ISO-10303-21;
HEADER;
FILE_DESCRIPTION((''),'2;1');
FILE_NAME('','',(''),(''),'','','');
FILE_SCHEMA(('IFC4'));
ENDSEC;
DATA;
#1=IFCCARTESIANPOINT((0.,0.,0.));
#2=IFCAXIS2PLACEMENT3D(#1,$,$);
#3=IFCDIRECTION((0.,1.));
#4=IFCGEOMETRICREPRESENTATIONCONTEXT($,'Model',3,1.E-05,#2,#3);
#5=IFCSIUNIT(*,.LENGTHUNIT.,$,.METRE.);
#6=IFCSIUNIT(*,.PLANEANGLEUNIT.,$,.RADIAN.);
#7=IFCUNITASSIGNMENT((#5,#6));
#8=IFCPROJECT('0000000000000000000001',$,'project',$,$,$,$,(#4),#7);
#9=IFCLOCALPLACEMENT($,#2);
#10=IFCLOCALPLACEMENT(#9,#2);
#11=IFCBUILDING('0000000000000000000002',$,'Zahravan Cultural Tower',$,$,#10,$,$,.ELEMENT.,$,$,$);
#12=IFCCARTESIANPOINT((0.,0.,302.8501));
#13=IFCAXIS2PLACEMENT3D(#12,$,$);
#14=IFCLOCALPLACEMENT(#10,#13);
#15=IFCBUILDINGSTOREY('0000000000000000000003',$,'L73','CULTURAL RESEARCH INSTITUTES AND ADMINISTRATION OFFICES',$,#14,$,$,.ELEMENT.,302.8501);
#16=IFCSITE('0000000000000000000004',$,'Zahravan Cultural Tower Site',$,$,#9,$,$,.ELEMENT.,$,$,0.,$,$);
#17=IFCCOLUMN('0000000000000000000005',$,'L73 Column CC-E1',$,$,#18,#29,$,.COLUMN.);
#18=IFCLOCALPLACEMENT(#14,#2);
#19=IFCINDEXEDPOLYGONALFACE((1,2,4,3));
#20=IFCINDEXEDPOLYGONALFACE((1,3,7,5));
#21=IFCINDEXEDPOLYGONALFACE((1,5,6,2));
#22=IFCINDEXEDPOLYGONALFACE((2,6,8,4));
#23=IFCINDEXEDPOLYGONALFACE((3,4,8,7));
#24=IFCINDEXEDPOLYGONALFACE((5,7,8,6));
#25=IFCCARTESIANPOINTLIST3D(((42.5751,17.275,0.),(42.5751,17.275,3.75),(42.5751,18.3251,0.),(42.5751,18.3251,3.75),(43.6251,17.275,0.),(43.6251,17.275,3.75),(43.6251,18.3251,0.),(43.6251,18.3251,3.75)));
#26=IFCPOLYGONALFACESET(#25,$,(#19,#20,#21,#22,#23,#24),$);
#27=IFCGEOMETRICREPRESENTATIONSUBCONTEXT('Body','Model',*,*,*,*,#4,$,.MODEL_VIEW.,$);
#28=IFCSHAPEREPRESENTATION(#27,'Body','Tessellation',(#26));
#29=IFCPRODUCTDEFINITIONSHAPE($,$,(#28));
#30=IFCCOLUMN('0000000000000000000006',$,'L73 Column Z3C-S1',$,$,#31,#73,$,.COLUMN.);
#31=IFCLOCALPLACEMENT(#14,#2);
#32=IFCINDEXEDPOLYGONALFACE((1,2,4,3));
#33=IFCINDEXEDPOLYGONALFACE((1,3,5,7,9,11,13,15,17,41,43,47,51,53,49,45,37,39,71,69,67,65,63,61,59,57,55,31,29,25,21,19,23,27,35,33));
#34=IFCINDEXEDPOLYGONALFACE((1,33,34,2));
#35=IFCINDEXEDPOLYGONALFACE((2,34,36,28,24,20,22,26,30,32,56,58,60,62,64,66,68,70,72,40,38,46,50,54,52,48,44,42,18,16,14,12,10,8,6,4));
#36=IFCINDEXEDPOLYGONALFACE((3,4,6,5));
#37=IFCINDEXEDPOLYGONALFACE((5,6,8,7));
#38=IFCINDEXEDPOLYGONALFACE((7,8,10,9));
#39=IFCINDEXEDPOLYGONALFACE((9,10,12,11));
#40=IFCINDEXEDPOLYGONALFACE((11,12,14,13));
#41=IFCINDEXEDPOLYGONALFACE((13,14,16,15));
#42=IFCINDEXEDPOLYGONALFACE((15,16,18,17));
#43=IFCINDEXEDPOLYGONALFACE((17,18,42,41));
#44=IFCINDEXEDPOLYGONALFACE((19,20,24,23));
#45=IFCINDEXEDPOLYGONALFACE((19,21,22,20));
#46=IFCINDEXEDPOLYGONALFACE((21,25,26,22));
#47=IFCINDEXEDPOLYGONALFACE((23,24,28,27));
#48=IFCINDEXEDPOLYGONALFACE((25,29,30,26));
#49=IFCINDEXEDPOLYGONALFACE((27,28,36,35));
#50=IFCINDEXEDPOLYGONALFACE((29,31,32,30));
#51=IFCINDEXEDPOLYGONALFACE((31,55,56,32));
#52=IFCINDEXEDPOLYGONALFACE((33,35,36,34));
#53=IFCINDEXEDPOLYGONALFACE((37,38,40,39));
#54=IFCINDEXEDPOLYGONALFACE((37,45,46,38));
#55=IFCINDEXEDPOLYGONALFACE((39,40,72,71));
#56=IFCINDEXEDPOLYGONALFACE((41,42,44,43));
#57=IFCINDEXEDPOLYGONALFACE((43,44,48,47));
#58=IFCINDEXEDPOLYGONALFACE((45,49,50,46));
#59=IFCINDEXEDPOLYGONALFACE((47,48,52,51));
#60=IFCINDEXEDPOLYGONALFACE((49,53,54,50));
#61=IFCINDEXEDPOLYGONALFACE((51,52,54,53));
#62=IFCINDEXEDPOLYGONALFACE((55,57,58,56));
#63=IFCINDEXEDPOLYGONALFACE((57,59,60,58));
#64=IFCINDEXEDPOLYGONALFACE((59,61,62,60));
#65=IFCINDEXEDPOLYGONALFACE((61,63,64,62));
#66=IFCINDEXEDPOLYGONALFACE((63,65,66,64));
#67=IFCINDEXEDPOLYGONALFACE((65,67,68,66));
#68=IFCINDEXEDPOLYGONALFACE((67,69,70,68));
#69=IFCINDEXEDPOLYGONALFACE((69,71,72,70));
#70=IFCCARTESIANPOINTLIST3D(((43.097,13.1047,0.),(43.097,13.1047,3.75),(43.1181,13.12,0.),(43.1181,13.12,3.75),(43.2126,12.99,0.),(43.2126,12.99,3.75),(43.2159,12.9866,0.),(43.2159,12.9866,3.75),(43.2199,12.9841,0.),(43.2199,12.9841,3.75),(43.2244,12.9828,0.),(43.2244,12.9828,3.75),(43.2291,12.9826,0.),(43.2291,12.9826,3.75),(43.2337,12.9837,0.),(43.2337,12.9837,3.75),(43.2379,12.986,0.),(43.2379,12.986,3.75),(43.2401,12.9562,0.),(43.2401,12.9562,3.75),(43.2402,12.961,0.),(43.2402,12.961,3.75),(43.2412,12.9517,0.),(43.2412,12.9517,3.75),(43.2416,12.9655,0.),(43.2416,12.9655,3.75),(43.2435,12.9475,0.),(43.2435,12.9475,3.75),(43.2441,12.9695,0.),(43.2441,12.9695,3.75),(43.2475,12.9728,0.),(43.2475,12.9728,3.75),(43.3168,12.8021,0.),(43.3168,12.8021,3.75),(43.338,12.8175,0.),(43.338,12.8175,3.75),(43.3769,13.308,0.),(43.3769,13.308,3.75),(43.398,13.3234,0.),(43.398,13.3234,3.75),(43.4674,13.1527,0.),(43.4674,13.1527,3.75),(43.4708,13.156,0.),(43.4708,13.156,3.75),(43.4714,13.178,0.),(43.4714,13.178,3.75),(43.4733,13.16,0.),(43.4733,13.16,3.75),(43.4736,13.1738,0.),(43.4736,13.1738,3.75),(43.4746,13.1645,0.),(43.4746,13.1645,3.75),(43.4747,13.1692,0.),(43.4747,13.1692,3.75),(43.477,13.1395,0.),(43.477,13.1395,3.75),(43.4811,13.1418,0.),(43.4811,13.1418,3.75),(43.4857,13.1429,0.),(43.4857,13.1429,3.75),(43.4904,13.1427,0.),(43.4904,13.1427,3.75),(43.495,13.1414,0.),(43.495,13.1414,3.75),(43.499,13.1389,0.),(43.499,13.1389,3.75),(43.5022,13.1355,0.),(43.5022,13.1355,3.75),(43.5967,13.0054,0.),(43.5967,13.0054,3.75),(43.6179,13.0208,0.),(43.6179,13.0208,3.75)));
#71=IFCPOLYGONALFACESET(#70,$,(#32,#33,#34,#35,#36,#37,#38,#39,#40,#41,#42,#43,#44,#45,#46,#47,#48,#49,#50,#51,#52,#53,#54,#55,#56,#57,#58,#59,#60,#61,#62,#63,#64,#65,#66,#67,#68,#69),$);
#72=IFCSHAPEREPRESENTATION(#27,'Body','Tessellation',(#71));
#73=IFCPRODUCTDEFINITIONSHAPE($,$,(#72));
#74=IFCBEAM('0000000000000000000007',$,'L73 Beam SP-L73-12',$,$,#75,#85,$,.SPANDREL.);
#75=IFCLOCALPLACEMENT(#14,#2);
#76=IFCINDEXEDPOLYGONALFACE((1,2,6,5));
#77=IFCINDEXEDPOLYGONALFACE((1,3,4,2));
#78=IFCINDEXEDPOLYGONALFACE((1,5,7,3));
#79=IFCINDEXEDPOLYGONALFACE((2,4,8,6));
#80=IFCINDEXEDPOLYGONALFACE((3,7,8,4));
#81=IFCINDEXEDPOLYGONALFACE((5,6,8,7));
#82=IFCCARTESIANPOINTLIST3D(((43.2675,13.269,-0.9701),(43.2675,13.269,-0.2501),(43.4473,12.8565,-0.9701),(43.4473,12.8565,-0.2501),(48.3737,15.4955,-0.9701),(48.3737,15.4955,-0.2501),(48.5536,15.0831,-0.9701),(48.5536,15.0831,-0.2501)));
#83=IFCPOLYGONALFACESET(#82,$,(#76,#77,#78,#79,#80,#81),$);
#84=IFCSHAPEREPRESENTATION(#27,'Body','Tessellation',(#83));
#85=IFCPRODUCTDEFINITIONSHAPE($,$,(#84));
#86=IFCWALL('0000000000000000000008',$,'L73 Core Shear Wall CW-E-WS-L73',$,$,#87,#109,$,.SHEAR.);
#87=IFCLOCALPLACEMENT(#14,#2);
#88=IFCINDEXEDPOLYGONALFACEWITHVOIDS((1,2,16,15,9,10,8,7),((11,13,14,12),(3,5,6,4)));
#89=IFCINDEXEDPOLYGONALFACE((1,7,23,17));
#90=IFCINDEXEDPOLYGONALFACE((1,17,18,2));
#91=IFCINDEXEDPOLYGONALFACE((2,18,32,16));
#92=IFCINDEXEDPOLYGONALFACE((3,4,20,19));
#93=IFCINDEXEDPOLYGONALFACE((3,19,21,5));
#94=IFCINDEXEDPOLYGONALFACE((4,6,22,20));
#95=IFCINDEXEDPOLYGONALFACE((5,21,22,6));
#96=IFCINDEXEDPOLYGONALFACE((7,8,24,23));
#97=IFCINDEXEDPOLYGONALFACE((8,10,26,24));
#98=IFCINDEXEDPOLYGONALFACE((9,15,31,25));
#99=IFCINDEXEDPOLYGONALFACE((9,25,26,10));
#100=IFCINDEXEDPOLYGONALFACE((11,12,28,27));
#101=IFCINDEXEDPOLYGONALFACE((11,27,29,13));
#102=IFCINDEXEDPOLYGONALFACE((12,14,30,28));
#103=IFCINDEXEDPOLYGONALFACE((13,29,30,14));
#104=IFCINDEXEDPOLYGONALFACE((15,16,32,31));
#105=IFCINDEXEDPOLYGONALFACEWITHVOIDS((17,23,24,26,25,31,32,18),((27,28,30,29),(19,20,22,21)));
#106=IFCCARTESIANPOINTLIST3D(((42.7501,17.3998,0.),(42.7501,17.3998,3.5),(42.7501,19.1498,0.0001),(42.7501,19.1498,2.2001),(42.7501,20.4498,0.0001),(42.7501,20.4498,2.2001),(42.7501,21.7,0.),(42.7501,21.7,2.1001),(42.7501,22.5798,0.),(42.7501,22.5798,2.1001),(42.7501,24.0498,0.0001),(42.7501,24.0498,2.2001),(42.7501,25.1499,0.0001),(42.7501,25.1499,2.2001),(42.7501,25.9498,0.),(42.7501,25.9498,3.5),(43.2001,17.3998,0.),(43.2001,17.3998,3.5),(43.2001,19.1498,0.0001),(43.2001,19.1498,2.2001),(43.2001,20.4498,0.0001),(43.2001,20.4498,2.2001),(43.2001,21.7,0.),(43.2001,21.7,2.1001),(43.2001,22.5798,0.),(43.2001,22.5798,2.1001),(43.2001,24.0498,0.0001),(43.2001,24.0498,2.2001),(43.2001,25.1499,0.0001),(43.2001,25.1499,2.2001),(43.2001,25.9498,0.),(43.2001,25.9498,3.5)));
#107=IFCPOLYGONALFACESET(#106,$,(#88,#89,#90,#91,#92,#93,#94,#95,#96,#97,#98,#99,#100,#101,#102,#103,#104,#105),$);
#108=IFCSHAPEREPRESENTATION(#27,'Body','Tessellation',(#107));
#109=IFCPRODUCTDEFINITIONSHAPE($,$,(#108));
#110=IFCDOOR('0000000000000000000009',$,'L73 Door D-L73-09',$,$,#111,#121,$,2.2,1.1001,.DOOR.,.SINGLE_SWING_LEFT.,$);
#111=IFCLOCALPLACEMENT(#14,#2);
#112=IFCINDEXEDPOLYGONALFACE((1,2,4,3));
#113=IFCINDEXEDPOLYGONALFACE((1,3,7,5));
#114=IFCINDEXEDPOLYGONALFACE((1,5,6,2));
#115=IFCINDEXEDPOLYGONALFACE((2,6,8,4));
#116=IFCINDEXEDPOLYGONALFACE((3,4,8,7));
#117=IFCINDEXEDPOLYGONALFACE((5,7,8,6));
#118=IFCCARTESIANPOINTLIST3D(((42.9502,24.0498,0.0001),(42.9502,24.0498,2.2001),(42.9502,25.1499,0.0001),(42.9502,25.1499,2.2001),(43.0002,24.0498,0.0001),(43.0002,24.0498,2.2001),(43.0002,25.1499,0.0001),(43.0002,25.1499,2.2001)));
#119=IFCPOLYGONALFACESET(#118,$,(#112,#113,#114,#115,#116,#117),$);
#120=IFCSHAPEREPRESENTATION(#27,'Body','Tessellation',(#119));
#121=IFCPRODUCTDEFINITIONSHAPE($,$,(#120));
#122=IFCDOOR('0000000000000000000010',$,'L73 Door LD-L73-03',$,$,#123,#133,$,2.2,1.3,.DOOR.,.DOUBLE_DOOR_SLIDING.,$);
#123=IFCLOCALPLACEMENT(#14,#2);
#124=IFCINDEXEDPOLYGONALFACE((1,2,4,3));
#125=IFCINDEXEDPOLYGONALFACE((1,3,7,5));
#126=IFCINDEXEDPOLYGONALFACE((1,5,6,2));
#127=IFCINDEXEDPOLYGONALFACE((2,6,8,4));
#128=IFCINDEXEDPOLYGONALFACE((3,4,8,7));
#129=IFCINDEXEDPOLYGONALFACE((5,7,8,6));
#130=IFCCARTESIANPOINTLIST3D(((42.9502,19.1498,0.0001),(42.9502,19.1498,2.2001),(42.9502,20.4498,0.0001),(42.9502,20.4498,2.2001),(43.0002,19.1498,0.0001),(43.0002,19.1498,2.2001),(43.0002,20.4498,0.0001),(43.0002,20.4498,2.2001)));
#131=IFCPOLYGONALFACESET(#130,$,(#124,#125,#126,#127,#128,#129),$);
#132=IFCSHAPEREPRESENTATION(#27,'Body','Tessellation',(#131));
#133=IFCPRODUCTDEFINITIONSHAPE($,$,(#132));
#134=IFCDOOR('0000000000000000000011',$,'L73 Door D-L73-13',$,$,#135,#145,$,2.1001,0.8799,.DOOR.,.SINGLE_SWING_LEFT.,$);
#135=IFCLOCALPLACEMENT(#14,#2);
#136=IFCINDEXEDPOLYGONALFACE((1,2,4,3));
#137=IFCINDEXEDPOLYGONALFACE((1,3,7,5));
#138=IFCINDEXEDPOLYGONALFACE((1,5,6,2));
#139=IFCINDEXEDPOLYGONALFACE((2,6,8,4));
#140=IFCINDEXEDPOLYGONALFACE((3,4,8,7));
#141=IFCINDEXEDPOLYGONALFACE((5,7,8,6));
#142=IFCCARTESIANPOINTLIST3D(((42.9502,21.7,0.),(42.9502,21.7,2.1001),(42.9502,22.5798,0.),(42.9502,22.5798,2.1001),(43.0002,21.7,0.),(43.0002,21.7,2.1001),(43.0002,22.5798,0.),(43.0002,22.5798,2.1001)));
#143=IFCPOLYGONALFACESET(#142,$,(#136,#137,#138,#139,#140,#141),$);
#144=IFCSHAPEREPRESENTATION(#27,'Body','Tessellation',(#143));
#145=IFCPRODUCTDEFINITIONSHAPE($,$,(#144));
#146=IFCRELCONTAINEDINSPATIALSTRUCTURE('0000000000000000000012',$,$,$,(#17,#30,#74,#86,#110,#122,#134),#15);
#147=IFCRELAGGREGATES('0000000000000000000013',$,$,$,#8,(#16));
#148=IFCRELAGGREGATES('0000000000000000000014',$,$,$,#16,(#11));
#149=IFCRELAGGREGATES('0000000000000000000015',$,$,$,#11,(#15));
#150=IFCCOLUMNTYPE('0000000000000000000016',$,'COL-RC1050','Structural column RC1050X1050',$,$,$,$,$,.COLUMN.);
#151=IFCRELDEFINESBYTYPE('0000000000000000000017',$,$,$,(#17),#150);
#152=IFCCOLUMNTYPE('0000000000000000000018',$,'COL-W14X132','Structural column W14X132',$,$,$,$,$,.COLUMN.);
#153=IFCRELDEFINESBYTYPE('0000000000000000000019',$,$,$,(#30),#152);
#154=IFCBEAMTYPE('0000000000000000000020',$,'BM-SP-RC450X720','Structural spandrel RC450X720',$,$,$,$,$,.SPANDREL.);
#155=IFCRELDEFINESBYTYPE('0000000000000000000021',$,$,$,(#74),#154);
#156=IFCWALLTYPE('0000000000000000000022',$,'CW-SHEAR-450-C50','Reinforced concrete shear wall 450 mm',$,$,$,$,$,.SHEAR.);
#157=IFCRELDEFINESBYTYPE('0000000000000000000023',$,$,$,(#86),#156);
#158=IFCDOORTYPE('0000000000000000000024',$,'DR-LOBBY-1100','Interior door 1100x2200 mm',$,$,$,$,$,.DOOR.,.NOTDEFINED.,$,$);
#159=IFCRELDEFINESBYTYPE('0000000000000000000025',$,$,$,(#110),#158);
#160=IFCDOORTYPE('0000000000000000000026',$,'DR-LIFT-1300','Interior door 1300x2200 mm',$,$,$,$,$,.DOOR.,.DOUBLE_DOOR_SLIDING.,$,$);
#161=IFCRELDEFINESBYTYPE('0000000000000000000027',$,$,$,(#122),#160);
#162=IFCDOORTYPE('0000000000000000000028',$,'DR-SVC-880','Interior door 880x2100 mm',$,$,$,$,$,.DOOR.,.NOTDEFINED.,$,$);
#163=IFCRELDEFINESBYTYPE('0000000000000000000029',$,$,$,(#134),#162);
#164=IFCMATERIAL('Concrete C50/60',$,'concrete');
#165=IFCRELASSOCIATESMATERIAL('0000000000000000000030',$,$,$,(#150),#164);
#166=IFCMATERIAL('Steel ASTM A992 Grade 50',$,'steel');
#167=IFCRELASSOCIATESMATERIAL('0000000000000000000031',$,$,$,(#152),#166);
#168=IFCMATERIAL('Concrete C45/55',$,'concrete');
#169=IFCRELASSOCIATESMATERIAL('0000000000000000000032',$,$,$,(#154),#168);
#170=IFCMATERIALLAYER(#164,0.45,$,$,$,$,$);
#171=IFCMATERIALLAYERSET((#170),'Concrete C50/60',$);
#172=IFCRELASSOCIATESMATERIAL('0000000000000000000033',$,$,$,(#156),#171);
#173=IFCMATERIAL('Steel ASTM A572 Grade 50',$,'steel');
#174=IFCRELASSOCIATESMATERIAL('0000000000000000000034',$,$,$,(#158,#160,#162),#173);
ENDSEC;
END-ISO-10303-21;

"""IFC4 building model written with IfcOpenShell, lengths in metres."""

from ifc_helpers import new_model, si_unit, direction, frame, frame_2d, origin, origin_2d, place, context, subcontext, project, spatial, rectangle, i_section, extrude, source, transform, mapped, material, layer, layer_set, material_profile, profile_set, type_object, element, fill, save


model = new_model("IFC4")

# Units and contexts
model_context = context("Model", 3, precision=1e-05, world=origin(), true_north=direction((0.0, 1.0)))
body_context = subcontext(model_context, "Body", "Model", "MODEL_VIEW")
ifc_project = project(units=[si_unit("LENGTHUNIT", "METRE"), si_unit("PLANEANGLEUNIT", "RADIAN")], contexts=[model_context])

# Site, building, storey
site_placement = place(None, origin())
site = spatial("IfcSite", under=ifc_project, at=site_placement, Name="Zahravan Cultural Tower Site", CompositionType="ELEMENT", RefElevation=0.0)
building_placement = place(site_placement, origin())
building = spatial("IfcBuilding", under=site, at=building_placement, Name="Zahravan Cultural Tower", CompositionType="ELEMENT")
storey_placement = place(building_placement, frame((0.0, 0.0, 302.8501)))
storey = spatial("IfcBuildingStorey", under=building, at=storey_placement, Name="L73", Description="CULTURAL RESEARCH INSTITUTES AND ADMINISTRATION OFFICES", CompositionType="ELEMENT", Elevation=302.8501)

# Columns
ifc_material_1 = material(Name="Concrete C50/60", Category="concrete")
ifc_material_profile_1 = material_profile(ifc_material_1, rectangle(XDim=1.05, YDim=1.05, at=origin_2d()), Name="RC1050X1050")
ifc_profile_set_1 = profile_set([ifc_material_profile_1], Name="Concrete C50/60")
column_type_1 = type_object("IfcColumnType", Name="COL-RC1050", Description="Structural column RC1050X1050", PredefinedType="COLUMN", material=ifc_profile_set_1)
shared_shape_1 = source(origin(), body_context, "Body", "SweptSolid", [
    extrude(rectangle(XDim=1.05, YDim=1.05, at=origin_2d()), origin(), (0.0, 0.0, 1.0), 3.75),
])
column_1_placement = place(storey_placement, frame((43.1001, 17.8, 0.0), z_axis=(0.0, 0.0, 1.0), x_axis=(1.0, 0.0, 0.0)))
element("IfcColumn", 1, at=column_1_placement, inside=storey, type_object=column_type_1, Name="L73 Column CC-E1", PredefinedType="COLUMN", context=body_context, shape_type="MappedRepresentation", body=[
    mapped(shared_shape_1, transform((0.0, 0.0, 0.0), x_axis=(1.0, 0.0, 0.0), y_axis=(0.0, 1.0, 0.0), z_axis=(0.0, 0.0, 1.0), scale=1.0)),
])
ifc_material_2 = material(Name="Steel ASTM A992 Grade 50", Category="steel")
ifc_material_profile_2 = material_profile(ifc_material_2, i_section(OverallWidth=0.374, OverallDepth=0.3721, WebThickness=0.0164, FlangeThickness=0.0261, FilletRadius=0.0181, at=origin_2d()), Name="W14X132")
ifc_profile_set_2 = profile_set([ifc_material_profile_2], Name="Steel ASTM A992 Grade 50")
column_type_2 = type_object("IfcColumnType", Name="COL-W14X132", Description="Structural column W14X132", PredefinedType="COLUMN", material=ifc_profile_set_2)
shared_shape_2 = source(origin(), body_context, "Body", "SweptSolid", [
    extrude(i_section(OverallWidth=0.374, OverallDepth=0.3721, WebThickness=0.0164, FlangeThickness=0.0261, FilletRadius=0.0181, at=origin_2d()), origin(), (0.0, 0.0, 1.0), 3.75),
])
column_2_placement = place(storey_placement, frame((43.3574, 13.0627, 0.0), z_axis=(0.0, 0.0, 1.0), x_axis=(-0.587785, 0.809017, 0.0)))
element("IfcColumn", 2, at=column_2_placement, inside=storey, type_object=column_type_2, Name="L73 Column Z3C-S1", PredefinedType="COLUMN", context=body_context, shape_type="MappedRepresentation", body=[
    mapped(shared_shape_2, transform((0.0, 0.0, 0.0), x_axis=(1.0, 0.0, 0.0), y_axis=(0.0, 1.0, 0.0), z_axis=(0.0, 0.0, 1.0), scale=1.0)),
])

# Beam
ifc_material_3 = material(Name="Concrete C45/55", Category="concrete")
ifc_material_profile_3 = material_profile(ifc_material_3, rectangle(XDim=0.45, YDim=0.72, at=origin_2d()), Name="RC450X720")
ifc_profile_set_3 = profile_set([ifc_material_profile_3], Name="Concrete C45/55")
beam_type = type_object("IfcBeamType", Name="BM-SP-RC450X720", Description="Structural spandrel RC450X720", PredefinedType="SPANDREL", material=ifc_profile_set_3)
shared_shape_3 = source(origin(), body_context, "Body", "SweptSolid", [
    extrude(rectangle(XDim=0.45, YDim=0.72, at=origin_2d()), origin(), (0.0, 0.0, 1.0), 5.5706),
])
beam_placement = place(storey_placement, frame((43.3574, 13.0627, -0.6101), z_axis=(0.916645, 0.399703, 0.0), x_axis=(-0.399703, 0.916645, 0.0)))
element("IfcBeam", 3, at=beam_placement, inside=storey, type_object=beam_type, Name="L73 Beam SP-L73-12", PredefinedType="SPANDREL", context=body_context, shape_type="MappedRepresentation", body=[
    mapped(shared_shape_3, transform((0.0, 0.0, 0.0), x_axis=(1.0, 0.0, 0.0), y_axis=(0.0, 1.0, 0.0), z_axis=(0.0, 0.0, 1.0), scale=1.0)),
])

# Wall, openings, doors
ifc_layer_1 = layer(ifc_material_1, 0.45)
ifc_layer_set_1 = layer_set([ifc_layer_1], Name="Concrete C50/60")
wall_type_1 = type_object("IfcWallType", Name="CW-SHEAR-450-C50", Description="Reinforced concrete shear wall 450 mm", PredefinedType="SHEAR", material=ifc_layer_set_1)
wall_1_placement = place(storey_placement, frame((42.9751, 17.3999, 0.0), z_axis=(0.0, 0.0, 1.0), x_axis=(0.0, 1.0, 0.0)))
wall_1 = element("IfcWall", 4, at=wall_1_placement, inside=storey, type_object=wall_type_1, Name="L73 Core Shear Wall CW-E-WS-L73", PredefinedType="SHEAR", context=body_context, shape_type="SweptSolid", body=[
    extrude(rectangle(XDim=8.55, YDim=0.45, at=frame_2d((4.2749, 0.0))), origin(), (0.0, 0.0, 1.0), 3.5),
])
opening_1_placement = place(wall_1_placement, frame((6.6499, 0.0, 0.0)))
opening_1 = element("IfcOpeningElement", 5, at=opening_1_placement, cuts=wall_1, PredefinedType="OPENING", context=body_context, shape_type="SweptSolid", body=[
    extrude(rectangle(XDim=1.1001, YDim=2.2, at=frame_2d((0.55, 1.1001))), frame((0.0, 0.2349, 0.0), z_axis=(0.0, -1.0, 0.0), x_axis=(1.0, 0.0, 0.0)), (0.0, 0.0, 1.0), 0.47),
])
opening_2_placement = place(wall_1_placement, frame((1.75, 0.0, 0.0)))
opening_2 = element("IfcOpeningElement", 6, at=opening_2_placement, cuts=wall_1, PredefinedType="OPENING", context=body_context, shape_type="SweptSolid", body=[
    extrude(rectangle(XDim=1.3, YDim=2.2, at=frame_2d((0.6499, 1.1001))), frame((0.0, 0.2349, 0.0), z_axis=(0.0, -1.0, 0.0), x_axis=(1.0, 0.0, 0.0)), (0.0, 0.0, 1.0), 0.47),
])
opening_3_placement = place(wall_1_placement, frame((4.3, 0.0, 0.0)))
opening_3 = element("IfcOpeningElement", 7, at=opening_3_placement, cuts=wall_1, PredefinedType="OPENING", context=body_context, shape_type="SweptSolid", body=[
    extrude(rectangle(XDim=0.8799, YDim=2.1001, at=frame_2d((0.4399, 1.05))), frame((0.0, 0.2349, 0.0), z_axis=(0.0, -1.0, 0.0), x_axis=(1.0, 0.0, 0.0)), (0.0, 0.0, 1.0), 0.47),
])
ifc_material_4 = material(Name="Steel ASTM A572 Grade 50", Category="steel")
door_type_1 = type_object("IfcDoorType", Name="DR-LOBBY-1100", Description="Interior door 1100x2200 mm", OperationType="NOTDEFINED", PredefinedType="DOOR", material=ifc_material_4)
shared_shape_4 = source(origin(), body_context, "Body", "SweptSolid", [
    extrude(rectangle(XDim=1.1001, YDim=2.2, at=frame_2d((0.55, 1.1001))), frame((0.0, 0.0249, 0.0), z_axis=(0.0, -1.0, 0.0), x_axis=(1.0, 0.0, 0.0)), (0.0, 0.0, 1.0), 0.05),
])
door_1_placement = place(opening_1_placement, origin())
door_1 = element("IfcDoor", 8, at=door_1_placement, inside=storey, type_object=door_type_1, Name="L73 Door D-L73-09", OperationType="SINGLE_SWING_LEFT", OverallHeight=2.2, OverallWidth=1.1001, PredefinedType="DOOR", context=body_context, shape_type="MappedRepresentation", body=[
    mapped(shared_shape_4, transform((0.0, 0.0, 0.0), x_axis=(1.0, 0.0, 0.0), y_axis=(0.0, 1.0, 0.0), z_axis=(0.0, 0.0, 1.0), scale=1.0)),
])
fill(opening_1, door_1)
door_type_2 = type_object("IfcDoorType", Name="DR-LIFT-1300", Description="Interior door 1300x2200 mm", OperationType="DOUBLE_DOOR_SLIDING", PredefinedType="DOOR", material=ifc_material_4)
shared_shape_5 = source(origin(), body_context, "Body", "SweptSolid", [
    extrude(rectangle(XDim=1.3, YDim=2.2, at=frame_2d((0.6499, 1.1001))), frame((0.0, 0.0249, 0.0), z_axis=(0.0, -1.0, 0.0), x_axis=(1.0, 0.0, 0.0)), (0.0, 0.0, 1.0), 0.05),
])
door_2_placement = place(opening_2_placement, origin())
door_2 = element("IfcDoor", 9, at=door_2_placement, inside=storey, type_object=door_type_2, Name="L73 Door LD-L73-03", OperationType="DOUBLE_DOOR_SLIDING", OverallHeight=2.2, OverallWidth=1.3, PredefinedType="DOOR", context=body_context, shape_type="MappedRepresentation", body=[
    mapped(shared_shape_5, transform((0.0, 0.0, 0.0), x_axis=(1.0, 0.0, 0.0), y_axis=(0.0, 1.0, 0.0), z_axis=(0.0, 0.0, 1.0), scale=1.0)),
])
fill(opening_2, door_2)
door_type_3 = type_object("IfcDoorType", Name="DR-SVC-880", Description="Interior door 880x2100 mm", OperationType="NOTDEFINED", PredefinedType="DOOR", material=ifc_material_4)
shared_shape_6 = source(origin(), body_context, "Body", "SweptSolid", [
    extrude(rectangle(XDim=0.8799, YDim=2.1001, at=frame_2d((0.4399, 1.05))), frame((0.0, 0.0249, 0.0), z_axis=(0.0, -1.0, 0.0), x_axis=(1.0, 0.0, 0.0)), (0.0, 0.0, 1.0), 0.05),
])
door_3_placement = place(opening_3_placement, origin())
door_3 = element("IfcDoor", 10, at=door_3_placement, inside=storey, type_object=door_type_3, Name="L73 Door D-L73-13", OperationType="SINGLE_SWING_LEFT", OverallHeight=2.1001, OverallWidth=0.8799, PredefinedType="DOOR", context=body_context, shape_type="MappedRepresentation", body=[
    mapped(shared_shape_6, transform((0.0, 0.0, 0.0), x_axis=(1.0, 0.0, 0.0), y_axis=(0.0, 1.0, 0.0), z_axis=(0.0, 0.0, 1.0), scale=1.0)),
])
fill(opening_3, door_3)

save(model, "model.ifc")
